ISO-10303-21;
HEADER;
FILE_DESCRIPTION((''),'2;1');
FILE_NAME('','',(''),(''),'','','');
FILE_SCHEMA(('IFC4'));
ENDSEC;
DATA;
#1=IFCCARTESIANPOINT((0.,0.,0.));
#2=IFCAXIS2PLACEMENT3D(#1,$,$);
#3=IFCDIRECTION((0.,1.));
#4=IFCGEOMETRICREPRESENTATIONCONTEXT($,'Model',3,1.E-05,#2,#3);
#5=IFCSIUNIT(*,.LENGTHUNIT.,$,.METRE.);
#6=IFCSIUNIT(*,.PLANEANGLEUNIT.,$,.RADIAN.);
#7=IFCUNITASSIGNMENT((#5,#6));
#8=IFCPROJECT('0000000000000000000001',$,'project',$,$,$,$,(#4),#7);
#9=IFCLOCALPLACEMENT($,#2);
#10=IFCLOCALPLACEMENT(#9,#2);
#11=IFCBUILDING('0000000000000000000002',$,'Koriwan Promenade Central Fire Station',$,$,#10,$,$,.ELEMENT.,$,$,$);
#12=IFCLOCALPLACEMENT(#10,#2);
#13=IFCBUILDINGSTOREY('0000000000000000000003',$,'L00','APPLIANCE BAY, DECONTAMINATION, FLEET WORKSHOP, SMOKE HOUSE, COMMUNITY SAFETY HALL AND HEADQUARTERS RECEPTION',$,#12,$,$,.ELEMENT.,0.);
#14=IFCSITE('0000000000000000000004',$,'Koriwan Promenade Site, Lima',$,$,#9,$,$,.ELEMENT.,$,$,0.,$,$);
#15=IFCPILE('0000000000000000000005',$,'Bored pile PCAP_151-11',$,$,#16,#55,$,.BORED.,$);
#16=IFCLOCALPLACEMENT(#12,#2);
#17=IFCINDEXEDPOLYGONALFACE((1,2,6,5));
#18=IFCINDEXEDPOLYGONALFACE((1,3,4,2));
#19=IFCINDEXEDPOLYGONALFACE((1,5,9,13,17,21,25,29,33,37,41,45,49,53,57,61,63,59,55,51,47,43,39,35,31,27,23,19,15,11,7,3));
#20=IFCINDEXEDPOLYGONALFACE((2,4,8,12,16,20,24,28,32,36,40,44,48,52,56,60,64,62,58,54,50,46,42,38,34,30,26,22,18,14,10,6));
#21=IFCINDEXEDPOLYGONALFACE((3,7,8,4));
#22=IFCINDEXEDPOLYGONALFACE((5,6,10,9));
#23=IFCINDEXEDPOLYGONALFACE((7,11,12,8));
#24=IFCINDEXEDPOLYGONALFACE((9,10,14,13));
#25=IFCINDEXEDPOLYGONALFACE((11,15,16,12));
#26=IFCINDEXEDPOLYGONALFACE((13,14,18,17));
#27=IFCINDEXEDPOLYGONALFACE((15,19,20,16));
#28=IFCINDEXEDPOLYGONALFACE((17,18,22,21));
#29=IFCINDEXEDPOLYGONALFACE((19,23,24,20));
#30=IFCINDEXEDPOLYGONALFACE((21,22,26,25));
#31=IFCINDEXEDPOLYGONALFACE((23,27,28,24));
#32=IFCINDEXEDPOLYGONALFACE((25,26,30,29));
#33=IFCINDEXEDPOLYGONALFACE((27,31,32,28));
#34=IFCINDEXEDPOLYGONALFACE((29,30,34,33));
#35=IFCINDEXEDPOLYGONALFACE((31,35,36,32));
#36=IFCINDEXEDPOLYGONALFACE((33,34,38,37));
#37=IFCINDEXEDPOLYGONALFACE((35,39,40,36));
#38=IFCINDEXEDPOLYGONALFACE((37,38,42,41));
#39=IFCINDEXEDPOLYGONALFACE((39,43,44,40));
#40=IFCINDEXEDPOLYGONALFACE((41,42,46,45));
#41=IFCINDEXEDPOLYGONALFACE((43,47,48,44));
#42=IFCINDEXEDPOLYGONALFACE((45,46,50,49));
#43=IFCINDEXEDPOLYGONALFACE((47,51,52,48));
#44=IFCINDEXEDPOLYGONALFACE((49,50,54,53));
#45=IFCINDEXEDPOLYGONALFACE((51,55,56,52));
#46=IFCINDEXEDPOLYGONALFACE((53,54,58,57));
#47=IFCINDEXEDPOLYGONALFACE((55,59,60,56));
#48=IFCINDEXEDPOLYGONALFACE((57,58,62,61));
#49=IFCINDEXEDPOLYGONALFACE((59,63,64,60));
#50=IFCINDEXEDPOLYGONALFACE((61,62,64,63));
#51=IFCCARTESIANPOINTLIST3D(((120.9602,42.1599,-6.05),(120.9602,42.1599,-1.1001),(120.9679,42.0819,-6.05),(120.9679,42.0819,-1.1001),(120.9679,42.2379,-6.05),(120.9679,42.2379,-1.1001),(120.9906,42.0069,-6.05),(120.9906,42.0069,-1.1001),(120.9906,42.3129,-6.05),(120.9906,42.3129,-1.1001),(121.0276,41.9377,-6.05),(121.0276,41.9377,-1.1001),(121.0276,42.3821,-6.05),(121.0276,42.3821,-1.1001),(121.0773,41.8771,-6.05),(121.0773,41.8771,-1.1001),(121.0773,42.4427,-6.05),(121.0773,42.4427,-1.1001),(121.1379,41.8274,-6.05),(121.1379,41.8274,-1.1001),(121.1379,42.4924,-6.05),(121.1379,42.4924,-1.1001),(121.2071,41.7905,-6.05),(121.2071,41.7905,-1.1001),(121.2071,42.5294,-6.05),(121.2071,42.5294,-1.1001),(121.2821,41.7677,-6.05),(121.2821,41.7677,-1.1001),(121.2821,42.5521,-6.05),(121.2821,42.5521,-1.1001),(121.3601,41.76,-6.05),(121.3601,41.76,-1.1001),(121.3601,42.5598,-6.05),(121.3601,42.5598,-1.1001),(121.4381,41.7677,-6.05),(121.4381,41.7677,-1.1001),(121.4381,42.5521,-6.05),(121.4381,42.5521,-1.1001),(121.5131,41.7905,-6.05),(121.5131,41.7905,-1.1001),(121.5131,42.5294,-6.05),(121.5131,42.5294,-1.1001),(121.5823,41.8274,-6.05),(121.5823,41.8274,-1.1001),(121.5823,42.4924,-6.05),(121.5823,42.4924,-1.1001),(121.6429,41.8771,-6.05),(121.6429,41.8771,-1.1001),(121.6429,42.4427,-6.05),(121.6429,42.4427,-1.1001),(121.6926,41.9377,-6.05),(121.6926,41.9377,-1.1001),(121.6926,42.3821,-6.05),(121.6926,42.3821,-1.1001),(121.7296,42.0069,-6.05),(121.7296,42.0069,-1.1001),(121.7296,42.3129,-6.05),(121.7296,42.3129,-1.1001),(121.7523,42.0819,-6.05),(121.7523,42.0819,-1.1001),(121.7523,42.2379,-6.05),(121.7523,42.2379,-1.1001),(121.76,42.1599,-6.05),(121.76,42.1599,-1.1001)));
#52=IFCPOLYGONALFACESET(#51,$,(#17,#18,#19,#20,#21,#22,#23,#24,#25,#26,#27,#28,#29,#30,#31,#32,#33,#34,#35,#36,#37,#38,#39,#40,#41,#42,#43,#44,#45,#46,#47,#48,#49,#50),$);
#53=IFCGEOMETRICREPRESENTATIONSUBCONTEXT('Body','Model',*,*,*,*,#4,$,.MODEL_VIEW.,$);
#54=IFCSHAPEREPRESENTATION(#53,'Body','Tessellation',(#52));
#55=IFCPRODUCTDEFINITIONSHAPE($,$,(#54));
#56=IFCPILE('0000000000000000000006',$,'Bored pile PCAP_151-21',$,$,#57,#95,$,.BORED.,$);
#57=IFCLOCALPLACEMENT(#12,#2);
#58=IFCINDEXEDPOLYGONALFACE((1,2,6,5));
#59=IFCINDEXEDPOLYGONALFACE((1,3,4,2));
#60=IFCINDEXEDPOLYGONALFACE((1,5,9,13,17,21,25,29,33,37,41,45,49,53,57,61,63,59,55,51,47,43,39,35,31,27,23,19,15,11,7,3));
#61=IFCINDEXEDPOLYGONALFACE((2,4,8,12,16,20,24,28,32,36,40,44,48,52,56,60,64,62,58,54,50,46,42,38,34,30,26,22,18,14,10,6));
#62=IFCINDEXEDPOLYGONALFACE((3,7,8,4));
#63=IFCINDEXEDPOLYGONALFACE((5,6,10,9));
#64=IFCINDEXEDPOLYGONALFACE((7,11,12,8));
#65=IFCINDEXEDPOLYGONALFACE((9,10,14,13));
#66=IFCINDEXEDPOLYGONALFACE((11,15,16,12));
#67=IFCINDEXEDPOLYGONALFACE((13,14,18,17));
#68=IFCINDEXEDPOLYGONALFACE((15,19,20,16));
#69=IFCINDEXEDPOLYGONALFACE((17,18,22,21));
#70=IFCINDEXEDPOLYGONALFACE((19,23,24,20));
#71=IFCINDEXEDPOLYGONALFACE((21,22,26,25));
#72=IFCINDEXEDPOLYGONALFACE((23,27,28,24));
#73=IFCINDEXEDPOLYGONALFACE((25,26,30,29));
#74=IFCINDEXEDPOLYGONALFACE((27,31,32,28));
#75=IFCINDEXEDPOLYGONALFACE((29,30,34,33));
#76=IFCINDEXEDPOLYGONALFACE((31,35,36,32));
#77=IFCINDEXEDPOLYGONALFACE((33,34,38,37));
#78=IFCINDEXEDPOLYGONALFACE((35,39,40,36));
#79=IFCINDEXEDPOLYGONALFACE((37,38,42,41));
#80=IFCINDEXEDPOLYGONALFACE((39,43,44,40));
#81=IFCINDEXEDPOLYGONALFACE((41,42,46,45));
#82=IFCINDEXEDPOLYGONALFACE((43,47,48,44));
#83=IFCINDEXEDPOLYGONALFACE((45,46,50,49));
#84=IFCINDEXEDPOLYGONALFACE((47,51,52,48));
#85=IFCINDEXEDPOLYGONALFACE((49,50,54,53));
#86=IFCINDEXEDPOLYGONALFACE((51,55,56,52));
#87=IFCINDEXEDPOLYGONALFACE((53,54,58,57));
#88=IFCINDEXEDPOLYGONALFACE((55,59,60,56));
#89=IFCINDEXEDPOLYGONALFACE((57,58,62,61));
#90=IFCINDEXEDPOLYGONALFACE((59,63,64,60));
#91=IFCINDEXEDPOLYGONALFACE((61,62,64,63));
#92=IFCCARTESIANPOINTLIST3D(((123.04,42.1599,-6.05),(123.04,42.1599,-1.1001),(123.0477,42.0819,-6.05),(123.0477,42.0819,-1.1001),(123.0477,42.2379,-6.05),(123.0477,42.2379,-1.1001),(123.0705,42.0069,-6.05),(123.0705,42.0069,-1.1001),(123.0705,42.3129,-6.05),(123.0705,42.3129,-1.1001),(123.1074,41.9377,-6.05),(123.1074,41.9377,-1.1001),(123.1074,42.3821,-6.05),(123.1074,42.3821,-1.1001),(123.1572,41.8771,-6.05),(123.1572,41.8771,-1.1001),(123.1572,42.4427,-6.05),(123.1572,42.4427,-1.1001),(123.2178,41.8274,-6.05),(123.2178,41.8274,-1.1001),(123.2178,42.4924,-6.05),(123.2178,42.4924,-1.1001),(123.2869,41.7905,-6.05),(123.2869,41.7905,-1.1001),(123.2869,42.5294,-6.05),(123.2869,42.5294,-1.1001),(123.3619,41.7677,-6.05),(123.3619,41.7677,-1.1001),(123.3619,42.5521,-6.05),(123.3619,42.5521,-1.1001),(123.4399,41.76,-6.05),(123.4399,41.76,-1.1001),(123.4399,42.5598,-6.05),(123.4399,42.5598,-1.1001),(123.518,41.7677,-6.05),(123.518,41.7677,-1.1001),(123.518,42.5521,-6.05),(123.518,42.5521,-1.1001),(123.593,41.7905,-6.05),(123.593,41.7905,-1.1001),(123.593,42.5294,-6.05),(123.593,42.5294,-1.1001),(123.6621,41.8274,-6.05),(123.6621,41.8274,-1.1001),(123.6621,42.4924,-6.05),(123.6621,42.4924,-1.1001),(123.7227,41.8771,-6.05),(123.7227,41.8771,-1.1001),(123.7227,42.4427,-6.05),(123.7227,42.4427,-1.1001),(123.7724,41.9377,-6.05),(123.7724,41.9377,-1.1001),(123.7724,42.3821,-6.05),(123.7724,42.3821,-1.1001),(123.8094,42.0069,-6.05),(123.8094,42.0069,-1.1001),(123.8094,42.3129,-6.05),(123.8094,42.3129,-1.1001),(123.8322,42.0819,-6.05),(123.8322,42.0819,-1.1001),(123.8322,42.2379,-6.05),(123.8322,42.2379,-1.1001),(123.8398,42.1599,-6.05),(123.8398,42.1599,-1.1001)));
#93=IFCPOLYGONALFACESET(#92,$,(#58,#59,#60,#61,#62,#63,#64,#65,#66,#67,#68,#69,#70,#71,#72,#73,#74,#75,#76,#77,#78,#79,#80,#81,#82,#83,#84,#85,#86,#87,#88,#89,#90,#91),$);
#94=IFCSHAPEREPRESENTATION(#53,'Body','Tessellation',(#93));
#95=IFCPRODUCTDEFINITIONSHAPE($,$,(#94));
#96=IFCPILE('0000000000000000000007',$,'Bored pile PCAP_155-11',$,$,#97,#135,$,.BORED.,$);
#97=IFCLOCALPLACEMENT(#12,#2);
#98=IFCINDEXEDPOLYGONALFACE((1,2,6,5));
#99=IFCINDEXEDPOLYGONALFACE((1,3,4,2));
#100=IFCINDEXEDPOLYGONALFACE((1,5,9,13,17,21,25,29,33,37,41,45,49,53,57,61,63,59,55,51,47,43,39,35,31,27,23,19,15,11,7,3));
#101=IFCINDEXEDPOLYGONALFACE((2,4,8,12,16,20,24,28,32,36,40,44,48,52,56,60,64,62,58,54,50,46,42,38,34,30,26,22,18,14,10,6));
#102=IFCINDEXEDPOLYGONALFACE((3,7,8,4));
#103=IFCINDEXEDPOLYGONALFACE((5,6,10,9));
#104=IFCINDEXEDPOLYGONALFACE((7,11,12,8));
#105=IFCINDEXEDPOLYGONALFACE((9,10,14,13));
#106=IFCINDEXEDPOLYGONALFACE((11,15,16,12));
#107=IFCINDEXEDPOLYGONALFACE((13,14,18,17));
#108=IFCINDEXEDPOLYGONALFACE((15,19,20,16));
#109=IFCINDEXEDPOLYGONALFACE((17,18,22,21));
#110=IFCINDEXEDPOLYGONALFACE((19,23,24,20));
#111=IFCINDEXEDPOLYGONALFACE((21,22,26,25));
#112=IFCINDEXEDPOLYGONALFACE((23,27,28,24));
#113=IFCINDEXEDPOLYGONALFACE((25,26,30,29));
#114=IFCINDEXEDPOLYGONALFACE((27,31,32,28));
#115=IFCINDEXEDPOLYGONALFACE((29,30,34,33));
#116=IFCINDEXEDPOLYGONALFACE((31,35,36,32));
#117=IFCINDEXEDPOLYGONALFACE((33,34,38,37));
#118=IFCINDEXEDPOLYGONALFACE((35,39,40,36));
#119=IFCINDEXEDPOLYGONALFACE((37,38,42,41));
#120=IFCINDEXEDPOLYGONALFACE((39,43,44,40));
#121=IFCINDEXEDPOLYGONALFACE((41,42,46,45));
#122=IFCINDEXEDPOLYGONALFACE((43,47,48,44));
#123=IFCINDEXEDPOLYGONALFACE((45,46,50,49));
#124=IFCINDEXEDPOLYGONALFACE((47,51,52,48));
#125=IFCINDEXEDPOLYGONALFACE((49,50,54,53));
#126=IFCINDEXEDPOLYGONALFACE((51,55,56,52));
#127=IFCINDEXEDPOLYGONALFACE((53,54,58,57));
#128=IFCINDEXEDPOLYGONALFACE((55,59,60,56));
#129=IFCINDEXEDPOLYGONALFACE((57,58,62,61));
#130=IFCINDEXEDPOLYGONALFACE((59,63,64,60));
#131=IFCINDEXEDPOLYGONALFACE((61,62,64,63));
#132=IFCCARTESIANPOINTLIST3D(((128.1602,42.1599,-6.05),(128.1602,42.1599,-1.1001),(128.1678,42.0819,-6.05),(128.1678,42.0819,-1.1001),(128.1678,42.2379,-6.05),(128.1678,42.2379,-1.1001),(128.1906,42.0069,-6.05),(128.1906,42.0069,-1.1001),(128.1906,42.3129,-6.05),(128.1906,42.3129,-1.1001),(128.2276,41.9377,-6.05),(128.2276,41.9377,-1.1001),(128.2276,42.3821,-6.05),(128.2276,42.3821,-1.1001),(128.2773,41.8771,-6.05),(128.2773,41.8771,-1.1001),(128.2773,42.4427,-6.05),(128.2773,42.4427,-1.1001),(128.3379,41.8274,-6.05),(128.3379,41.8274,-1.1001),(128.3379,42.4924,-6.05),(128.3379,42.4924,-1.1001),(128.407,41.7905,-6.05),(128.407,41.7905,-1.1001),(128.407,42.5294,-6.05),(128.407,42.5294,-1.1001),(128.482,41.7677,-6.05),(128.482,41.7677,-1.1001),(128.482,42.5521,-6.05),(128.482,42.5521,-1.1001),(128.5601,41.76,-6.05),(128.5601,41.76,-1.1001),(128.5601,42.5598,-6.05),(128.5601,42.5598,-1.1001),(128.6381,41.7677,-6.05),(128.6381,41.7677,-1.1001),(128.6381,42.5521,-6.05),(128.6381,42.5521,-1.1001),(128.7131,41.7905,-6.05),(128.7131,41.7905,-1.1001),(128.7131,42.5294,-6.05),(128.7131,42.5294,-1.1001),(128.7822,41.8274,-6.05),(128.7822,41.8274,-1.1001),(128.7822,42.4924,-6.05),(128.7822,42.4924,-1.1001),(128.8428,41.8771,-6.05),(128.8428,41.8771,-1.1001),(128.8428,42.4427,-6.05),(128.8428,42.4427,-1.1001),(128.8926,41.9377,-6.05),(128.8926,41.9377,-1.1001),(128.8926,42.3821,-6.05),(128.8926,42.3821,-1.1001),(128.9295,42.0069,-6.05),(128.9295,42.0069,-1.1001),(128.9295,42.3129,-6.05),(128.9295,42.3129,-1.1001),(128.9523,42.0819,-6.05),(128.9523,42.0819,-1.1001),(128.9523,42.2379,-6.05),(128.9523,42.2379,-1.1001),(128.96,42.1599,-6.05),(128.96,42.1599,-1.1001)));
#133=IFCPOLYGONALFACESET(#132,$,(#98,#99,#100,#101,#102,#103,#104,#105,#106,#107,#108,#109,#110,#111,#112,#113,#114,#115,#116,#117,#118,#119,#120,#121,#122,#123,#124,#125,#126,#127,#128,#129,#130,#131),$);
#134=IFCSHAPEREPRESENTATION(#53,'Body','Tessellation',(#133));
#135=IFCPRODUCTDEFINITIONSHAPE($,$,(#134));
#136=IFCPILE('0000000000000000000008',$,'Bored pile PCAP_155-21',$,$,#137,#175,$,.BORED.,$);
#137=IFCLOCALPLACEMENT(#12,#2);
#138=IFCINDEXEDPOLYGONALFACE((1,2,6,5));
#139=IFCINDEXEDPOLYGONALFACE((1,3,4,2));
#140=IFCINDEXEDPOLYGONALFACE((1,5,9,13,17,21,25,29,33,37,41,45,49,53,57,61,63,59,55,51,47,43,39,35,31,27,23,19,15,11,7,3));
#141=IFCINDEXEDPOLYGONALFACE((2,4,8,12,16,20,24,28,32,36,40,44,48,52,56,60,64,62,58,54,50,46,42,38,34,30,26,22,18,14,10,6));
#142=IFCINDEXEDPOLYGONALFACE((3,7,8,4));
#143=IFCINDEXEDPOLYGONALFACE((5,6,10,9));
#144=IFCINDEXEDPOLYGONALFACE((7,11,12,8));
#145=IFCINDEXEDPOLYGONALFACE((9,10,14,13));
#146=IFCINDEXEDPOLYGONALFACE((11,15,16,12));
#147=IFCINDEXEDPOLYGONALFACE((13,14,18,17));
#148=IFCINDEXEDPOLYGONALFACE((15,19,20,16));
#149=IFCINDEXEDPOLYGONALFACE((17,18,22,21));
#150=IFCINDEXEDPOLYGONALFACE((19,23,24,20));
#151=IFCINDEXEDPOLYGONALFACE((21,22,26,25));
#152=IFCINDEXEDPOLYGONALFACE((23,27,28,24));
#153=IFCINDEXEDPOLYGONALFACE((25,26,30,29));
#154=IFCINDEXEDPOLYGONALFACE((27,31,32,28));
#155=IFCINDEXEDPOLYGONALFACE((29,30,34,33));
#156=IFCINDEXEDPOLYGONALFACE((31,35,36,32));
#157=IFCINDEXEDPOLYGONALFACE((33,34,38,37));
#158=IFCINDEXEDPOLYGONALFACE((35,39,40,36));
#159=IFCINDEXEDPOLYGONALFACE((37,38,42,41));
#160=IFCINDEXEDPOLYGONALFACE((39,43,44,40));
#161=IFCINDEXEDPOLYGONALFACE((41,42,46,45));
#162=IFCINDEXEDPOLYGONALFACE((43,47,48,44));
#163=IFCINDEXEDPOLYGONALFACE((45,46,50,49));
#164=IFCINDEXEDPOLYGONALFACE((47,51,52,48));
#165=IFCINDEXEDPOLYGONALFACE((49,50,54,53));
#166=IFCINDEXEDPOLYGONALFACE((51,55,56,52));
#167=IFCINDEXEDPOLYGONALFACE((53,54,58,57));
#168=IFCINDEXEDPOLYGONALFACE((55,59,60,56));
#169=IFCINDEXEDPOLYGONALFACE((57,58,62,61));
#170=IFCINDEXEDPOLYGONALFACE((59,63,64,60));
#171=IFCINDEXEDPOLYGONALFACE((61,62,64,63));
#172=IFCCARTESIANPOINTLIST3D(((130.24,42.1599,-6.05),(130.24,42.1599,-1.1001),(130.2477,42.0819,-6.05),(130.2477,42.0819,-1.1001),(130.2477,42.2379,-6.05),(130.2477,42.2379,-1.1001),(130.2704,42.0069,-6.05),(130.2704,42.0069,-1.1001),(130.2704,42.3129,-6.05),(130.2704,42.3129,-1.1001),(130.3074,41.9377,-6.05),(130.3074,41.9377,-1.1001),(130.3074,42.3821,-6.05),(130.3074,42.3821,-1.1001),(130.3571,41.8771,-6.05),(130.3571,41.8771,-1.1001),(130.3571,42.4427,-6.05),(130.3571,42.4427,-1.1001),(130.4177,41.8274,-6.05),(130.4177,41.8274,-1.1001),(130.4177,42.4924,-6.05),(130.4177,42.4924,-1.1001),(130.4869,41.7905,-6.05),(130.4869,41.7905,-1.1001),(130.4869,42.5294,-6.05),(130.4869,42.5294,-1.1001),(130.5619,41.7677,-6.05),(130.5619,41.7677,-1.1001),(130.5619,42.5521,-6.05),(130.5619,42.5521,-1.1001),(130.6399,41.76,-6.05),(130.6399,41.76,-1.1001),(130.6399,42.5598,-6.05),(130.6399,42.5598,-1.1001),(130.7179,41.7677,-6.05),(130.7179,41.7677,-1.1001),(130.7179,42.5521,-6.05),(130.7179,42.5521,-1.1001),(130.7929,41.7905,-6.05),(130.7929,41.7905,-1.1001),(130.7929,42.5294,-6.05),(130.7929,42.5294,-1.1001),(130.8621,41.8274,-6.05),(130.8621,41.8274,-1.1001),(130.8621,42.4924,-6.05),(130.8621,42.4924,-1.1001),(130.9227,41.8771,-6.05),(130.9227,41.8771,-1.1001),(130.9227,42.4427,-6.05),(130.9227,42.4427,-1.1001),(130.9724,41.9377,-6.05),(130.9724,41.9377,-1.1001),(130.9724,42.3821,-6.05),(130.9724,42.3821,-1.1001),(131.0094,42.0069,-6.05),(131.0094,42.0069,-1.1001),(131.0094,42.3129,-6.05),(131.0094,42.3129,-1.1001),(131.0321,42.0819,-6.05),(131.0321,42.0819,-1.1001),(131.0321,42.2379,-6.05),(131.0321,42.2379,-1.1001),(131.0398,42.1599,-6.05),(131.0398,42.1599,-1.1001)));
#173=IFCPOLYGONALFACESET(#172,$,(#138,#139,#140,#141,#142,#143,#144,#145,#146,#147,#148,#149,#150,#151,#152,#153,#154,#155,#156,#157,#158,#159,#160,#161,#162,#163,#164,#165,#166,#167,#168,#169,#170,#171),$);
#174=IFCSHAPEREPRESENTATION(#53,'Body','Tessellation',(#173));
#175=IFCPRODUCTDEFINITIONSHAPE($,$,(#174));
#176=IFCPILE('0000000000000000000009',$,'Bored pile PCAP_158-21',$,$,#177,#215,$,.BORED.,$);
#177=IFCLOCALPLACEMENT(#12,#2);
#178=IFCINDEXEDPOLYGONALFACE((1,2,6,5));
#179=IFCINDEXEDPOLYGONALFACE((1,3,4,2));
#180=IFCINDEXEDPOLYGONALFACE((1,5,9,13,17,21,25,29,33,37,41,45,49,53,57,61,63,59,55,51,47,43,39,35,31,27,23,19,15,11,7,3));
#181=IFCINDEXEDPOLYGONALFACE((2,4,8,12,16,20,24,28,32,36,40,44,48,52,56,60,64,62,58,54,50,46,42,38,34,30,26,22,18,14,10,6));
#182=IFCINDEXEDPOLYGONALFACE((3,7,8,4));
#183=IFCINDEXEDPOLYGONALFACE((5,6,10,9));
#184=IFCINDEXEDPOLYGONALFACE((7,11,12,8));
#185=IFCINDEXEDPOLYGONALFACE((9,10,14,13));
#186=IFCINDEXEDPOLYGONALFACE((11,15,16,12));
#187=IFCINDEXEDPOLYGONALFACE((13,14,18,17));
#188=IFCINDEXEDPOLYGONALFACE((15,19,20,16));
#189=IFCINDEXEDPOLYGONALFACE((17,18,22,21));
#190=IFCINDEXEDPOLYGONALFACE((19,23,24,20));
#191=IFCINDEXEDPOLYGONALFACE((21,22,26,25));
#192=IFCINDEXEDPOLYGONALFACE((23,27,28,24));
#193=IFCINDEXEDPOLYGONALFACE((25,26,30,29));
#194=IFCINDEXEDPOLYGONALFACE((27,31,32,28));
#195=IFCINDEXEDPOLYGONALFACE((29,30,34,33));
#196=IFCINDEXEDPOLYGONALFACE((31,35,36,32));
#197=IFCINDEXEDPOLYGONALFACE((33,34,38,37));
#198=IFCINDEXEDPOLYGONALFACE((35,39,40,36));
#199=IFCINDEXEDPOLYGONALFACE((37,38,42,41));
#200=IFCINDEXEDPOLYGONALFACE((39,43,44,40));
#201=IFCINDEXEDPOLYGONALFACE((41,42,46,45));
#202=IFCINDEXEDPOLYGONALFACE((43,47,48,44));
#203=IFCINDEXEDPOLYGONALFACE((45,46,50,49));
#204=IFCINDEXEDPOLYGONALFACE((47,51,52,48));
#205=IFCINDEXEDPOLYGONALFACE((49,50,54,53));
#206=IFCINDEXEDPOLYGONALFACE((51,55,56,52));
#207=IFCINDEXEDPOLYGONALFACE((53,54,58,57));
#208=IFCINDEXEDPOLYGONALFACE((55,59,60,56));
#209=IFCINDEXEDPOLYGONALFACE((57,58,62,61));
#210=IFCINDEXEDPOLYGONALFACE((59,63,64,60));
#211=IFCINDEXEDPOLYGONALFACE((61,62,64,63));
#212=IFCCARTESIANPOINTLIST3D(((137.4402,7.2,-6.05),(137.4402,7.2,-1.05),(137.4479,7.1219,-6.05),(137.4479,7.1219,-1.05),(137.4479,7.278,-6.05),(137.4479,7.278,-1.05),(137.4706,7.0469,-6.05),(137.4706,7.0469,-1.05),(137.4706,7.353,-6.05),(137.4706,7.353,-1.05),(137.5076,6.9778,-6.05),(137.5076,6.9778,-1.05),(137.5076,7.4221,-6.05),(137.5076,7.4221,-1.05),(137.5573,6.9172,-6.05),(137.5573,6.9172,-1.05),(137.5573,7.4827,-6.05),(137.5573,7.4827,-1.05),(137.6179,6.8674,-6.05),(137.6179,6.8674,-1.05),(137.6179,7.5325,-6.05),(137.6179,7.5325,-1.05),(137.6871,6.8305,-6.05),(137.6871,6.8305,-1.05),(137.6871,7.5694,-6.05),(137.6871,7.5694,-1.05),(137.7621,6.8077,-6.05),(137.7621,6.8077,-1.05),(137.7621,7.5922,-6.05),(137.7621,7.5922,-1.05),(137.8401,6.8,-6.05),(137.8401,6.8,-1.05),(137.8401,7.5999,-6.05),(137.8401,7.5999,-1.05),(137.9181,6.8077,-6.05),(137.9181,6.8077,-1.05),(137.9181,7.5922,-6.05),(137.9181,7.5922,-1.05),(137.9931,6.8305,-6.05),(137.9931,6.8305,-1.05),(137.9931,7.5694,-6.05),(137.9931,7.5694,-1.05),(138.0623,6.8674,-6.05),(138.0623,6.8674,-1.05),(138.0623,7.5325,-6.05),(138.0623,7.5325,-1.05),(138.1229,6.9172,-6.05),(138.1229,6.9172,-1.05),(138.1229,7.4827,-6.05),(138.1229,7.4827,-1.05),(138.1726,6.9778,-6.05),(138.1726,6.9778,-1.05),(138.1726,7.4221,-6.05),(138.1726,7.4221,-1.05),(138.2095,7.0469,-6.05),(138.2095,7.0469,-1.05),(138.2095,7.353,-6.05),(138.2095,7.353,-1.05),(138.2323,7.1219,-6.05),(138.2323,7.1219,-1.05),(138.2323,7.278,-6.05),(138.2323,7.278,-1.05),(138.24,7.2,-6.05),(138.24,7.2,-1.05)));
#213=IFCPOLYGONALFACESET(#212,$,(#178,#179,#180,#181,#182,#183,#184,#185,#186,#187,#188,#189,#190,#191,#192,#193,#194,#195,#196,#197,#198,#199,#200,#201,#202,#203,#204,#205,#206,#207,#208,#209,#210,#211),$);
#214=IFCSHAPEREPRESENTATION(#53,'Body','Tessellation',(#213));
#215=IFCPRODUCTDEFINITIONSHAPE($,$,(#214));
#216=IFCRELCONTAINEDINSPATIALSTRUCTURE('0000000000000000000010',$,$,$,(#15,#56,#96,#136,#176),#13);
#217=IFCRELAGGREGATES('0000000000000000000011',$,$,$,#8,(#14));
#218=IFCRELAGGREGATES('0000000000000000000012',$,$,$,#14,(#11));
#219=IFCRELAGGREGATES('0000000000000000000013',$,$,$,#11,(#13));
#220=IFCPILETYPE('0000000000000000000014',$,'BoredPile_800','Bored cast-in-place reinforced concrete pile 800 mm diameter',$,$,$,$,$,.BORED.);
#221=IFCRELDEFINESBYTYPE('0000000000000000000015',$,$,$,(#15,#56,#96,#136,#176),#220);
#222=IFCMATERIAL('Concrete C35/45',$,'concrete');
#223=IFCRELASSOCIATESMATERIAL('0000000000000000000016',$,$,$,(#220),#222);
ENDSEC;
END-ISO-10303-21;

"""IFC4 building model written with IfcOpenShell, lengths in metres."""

from ifc_helpers import new_model, si_unit, direction, frame, origin, origin_2d, place, context, subcontext, project, spatial, circle, extrude, material, material_profile, profile_set, type_object, element, save


model = new_model("IFC4")

# Units and contexts
model_context = context("Model", 3, precision=1e-05, world=origin(), true_north=direction((0.0, 1.0)))
body_context = subcontext(model_context, "Body", "Model", "MODEL_VIEW")
ifc_project = project(units=[si_unit("LENGTHUNIT", "METRE"), si_unit("PLANEANGLEUNIT", "RADIAN")], contexts=[model_context])

# Site, building, storey
site_placement = place(None, origin())
site = spatial("IfcSite", under=ifc_project, at=site_placement, Name="Koriwan Promenade Site, Lima", CompositionType="ELEMENT", RefElevation=0.0)
building_placement = place(site_placement, origin())
building = spatial("IfcBuilding", under=site, at=building_placement, Name="Koriwan Promenade Central Fire Station", CompositionType="ELEMENT")
storey_placement = place(building_placement, origin())
storey = spatial("IfcBuildingStorey", under=building, at=storey_placement, Name="L00", Description="APPLIANCE BAY, DECONTAMINATION, FLEET WORKSHOP, SMOKE HOUSE, COMMUNITY SAFETY HALL AND HEADQUARTERS RECEPTION", CompositionType="ELEMENT", Elevation=0.0)

# Piles
ifc_material_1 = material(Name="Concrete C35/45", Category="concrete")
ifc_material_profile_1 = material_profile(ifc_material_1, circle(Radius=0.3999, at=origin_2d()), Name="PILE-D800")
ifc_profile_set_1 = profile_set([ifc_material_profile_1], Name="Concrete C35/45")
pile_type_1 = type_object("IfcPileType", Name="BoredPile_800", Description="Bored cast-in-place reinforced concrete pile 800 mm diameter", PredefinedType="BORED", material=ifc_profile_set_1)
for number, where, z_axis, x_axis, name in (
    (1, (121.3601, 42.1599, -1.1001), (0.0, 0.0, -1.0), (1.0, 0.0, 0.0), "Bored pile PCAP_151-11"),
    (2, (123.4399, 42.1599, -1.1001), (0.0, 0.0, -1.0), (1.0, 0.0, 0.0), "Bored pile PCAP_151-21"),
    (3, (128.5601, 42.1599, -1.1001), (0.0, 0.0, -1.0), (1.0, 0.0, 0.0), "Bored pile PCAP_155-11"),
    (4, (130.6399, 42.1599, -1.1001), (0.0, 0.0, -1.0), (1.0, 0.0, 0.0), "Bored pile PCAP_155-21"),
):
    element("IfcPile", number, at=place(storey_placement, frame(where, z_axis=z_axis, x_axis=x_axis)), inside=storey, type_object=pile_type_1, Name=name, PredefinedType="BORED", context=body_context, shape_type="SweptSolid", body=[
        extrude(circle(Radius=0.3999, at=origin_2d()), origin(), (0.0, 0.0, 1.0), 4.95),
    ])
pile_placement = place(storey_placement, frame((137.8401, 7.2, -1.05), z_axis=(0.0, 0.0, -1.0), x_axis=(1.0, 0.0, 0.0)))
element("IfcPile", 5, at=pile_placement, inside=storey, type_object=pile_type_1, Name="Bored pile PCAP_158-21", PredefinedType="BORED", context=body_context, shape_type="SweptSolid", body=[
    extrude(circle(Radius=0.3999, at=origin_2d()), origin(), (0.0, 0.0, 1.0), 5.0),
])

save(model, "model.ifc")
